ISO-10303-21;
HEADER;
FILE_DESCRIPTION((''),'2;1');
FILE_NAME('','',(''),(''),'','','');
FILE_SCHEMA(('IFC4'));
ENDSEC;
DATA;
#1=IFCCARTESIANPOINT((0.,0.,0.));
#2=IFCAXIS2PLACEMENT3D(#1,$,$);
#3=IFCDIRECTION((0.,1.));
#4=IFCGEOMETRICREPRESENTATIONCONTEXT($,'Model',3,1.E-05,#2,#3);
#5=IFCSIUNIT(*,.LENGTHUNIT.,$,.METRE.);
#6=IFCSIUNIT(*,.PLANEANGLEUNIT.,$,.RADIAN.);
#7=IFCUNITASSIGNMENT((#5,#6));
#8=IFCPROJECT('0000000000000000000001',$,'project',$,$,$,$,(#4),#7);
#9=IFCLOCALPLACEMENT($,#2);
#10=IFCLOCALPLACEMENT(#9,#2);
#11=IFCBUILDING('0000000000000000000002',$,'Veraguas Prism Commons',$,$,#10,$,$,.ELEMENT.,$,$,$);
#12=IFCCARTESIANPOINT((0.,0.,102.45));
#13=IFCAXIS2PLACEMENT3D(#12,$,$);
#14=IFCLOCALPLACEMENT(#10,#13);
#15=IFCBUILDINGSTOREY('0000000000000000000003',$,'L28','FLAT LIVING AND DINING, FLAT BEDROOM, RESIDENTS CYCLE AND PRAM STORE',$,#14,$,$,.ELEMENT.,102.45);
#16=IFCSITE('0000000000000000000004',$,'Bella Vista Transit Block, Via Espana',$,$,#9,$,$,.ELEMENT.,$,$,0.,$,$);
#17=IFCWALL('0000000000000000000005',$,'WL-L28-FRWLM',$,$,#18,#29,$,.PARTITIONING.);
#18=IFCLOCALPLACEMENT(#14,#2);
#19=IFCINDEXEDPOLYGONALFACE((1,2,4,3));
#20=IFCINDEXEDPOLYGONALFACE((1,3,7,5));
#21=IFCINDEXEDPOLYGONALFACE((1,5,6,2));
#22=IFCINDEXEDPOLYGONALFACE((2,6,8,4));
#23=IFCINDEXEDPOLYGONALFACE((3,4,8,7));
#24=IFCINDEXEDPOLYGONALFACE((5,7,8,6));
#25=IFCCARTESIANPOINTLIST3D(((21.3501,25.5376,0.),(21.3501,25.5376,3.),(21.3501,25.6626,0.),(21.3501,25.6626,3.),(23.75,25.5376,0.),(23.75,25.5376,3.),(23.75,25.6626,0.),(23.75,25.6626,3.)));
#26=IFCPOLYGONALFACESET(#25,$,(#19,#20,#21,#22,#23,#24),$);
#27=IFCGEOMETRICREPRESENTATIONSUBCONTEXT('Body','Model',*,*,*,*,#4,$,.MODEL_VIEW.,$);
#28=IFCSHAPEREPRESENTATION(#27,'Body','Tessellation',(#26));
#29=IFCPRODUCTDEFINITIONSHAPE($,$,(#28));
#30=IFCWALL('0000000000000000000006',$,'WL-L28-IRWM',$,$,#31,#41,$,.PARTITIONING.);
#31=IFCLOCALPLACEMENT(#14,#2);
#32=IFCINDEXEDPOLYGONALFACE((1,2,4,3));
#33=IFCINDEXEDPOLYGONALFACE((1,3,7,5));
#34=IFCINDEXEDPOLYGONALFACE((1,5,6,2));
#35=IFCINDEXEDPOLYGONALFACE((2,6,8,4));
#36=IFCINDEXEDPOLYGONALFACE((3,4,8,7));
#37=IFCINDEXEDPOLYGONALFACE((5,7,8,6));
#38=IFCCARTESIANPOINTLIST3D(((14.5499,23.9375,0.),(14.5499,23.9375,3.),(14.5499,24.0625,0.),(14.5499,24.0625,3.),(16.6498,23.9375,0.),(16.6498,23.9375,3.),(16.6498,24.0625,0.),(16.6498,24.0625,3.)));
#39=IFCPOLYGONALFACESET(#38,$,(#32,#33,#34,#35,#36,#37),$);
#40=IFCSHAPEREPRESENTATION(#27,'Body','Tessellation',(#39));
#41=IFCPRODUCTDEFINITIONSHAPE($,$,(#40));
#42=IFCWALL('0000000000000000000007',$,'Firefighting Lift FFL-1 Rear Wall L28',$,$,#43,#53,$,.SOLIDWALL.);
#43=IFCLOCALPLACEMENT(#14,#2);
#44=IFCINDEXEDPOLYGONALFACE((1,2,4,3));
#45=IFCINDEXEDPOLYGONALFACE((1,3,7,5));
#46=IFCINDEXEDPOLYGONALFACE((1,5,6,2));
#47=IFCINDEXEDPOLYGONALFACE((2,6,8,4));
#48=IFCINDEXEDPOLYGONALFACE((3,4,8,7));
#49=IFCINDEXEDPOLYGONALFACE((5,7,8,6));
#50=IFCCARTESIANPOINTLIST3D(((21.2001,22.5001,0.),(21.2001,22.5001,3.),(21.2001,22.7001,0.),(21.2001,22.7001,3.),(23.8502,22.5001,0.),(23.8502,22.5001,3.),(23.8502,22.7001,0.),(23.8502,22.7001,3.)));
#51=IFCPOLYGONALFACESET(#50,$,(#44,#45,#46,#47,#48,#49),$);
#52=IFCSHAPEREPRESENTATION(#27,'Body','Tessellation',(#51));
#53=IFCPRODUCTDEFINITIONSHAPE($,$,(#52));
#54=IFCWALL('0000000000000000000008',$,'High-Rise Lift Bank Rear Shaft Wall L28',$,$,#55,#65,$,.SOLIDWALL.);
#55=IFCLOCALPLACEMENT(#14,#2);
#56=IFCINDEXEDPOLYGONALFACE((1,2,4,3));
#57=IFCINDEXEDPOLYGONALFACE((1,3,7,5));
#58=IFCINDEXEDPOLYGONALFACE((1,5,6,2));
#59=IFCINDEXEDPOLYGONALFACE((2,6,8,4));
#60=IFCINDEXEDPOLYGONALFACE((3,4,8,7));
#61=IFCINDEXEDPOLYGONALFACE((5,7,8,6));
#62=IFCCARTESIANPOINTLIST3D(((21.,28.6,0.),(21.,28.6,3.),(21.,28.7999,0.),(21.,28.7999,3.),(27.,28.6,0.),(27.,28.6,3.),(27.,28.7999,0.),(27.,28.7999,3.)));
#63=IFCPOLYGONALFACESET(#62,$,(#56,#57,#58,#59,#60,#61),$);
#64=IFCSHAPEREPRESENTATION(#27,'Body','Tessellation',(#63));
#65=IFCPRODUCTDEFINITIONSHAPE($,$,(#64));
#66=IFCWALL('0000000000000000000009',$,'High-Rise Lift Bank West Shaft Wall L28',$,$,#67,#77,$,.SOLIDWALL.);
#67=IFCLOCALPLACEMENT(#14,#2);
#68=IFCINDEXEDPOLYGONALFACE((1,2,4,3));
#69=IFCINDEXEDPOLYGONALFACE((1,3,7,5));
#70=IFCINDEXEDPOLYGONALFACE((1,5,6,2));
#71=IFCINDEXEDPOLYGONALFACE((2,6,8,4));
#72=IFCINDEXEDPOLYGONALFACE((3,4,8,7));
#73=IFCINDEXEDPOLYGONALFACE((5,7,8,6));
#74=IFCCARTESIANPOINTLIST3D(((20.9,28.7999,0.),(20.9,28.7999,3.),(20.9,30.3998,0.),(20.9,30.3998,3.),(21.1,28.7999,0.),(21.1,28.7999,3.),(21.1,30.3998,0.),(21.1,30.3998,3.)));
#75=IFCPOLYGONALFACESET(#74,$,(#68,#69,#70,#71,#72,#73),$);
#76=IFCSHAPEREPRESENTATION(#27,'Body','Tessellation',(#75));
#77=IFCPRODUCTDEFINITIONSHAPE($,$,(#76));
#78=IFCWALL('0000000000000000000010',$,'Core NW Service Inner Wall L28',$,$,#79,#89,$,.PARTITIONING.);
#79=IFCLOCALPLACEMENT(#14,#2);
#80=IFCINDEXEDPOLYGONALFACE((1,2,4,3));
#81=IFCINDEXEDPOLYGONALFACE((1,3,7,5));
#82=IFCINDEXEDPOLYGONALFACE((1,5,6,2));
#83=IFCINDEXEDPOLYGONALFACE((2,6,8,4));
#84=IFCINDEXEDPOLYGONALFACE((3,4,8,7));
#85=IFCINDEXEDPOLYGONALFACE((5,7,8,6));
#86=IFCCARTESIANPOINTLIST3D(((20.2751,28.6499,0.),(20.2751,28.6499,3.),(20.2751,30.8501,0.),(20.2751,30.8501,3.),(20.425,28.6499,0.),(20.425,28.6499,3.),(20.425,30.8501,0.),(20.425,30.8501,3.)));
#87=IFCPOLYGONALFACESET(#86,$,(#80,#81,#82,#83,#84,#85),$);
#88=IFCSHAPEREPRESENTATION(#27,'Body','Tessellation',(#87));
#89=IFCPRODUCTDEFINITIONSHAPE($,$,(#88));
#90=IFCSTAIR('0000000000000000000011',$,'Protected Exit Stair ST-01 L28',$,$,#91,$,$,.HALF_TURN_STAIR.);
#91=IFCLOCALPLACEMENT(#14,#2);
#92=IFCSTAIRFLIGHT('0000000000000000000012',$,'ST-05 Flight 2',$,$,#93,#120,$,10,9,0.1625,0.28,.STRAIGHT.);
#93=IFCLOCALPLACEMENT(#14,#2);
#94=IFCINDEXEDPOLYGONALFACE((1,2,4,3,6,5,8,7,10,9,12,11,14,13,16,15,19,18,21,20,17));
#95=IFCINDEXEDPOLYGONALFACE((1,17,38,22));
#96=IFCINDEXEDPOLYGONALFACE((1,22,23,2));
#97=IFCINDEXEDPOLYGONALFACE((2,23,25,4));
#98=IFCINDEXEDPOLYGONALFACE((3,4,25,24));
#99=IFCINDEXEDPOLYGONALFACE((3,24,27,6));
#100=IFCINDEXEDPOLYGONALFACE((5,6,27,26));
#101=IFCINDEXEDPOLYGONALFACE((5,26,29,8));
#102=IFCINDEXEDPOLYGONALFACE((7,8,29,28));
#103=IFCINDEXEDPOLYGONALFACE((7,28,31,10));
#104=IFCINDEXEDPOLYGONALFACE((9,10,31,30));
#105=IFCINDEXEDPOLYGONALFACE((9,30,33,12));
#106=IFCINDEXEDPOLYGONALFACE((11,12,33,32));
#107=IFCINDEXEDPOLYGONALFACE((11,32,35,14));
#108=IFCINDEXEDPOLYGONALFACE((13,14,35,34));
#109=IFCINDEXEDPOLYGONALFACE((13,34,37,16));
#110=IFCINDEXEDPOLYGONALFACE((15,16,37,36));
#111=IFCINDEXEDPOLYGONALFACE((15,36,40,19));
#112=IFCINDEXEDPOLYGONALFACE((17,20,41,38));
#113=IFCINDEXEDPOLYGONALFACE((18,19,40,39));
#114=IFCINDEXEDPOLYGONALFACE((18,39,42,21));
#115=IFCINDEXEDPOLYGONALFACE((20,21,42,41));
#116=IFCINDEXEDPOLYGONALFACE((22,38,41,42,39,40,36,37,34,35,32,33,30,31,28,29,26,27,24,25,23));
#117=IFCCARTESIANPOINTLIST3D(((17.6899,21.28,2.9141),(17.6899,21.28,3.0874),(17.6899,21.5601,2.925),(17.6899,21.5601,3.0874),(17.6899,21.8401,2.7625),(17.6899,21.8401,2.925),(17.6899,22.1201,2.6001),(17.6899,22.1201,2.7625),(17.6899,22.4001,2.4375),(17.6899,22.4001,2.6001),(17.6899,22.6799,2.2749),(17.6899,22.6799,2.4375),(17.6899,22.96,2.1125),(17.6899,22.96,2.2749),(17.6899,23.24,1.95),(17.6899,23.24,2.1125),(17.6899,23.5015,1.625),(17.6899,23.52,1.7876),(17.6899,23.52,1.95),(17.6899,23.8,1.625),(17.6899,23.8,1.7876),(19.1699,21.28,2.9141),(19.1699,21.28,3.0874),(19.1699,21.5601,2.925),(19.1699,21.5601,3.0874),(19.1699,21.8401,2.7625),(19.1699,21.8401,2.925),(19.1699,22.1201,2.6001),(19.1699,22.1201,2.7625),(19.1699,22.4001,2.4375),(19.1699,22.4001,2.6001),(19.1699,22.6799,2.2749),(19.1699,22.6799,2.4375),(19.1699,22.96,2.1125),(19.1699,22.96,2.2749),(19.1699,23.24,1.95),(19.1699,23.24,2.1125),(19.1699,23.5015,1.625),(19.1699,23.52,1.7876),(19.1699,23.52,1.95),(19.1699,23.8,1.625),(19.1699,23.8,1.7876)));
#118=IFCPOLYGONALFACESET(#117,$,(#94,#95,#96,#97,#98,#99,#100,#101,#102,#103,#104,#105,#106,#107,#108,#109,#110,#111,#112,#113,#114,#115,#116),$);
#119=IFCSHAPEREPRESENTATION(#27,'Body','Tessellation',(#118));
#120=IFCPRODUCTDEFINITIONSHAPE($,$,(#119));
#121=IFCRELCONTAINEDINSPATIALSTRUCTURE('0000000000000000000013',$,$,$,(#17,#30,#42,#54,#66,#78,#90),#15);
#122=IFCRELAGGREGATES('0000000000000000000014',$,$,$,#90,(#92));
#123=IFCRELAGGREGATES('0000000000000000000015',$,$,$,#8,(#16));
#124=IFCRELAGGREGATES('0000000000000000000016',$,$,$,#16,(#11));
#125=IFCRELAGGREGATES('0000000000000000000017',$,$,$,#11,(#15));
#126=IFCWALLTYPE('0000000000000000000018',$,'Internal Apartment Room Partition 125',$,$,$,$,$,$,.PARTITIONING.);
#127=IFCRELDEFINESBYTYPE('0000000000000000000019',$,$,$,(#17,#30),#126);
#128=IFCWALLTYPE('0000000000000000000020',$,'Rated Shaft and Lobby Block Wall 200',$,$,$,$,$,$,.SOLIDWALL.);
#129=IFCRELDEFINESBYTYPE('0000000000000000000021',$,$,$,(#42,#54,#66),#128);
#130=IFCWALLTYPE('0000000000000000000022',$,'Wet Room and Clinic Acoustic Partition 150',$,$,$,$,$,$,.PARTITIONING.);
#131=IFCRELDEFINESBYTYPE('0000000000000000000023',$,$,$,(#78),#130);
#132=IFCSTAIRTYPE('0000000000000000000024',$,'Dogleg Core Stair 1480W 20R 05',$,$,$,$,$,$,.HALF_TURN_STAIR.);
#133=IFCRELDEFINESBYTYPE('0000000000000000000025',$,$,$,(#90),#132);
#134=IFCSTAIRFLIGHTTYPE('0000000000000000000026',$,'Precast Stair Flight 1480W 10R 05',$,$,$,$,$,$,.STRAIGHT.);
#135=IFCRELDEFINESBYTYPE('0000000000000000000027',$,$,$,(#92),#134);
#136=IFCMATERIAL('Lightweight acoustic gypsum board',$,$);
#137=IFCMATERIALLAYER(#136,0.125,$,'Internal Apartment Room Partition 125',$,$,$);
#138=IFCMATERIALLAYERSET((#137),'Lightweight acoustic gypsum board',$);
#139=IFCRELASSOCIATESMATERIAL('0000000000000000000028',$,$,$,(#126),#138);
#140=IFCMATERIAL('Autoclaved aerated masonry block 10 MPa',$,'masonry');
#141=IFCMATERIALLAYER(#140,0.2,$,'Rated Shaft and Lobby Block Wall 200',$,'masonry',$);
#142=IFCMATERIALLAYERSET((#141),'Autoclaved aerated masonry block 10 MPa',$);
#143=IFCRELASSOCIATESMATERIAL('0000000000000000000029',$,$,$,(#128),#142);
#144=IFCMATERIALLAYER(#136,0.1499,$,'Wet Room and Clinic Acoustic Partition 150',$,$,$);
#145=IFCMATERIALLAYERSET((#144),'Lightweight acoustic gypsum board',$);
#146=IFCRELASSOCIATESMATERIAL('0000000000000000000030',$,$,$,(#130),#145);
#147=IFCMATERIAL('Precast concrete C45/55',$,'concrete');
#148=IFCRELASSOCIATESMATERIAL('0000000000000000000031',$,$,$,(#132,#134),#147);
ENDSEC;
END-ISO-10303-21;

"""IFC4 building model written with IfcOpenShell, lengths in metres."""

from ifc_helpers import new_model, si_unit, direction, frame, frame_2d, origin, place, context, subcontext, project, spatial, polyline, rectangle, outline, extrude, material, layer, layer_set, type_object, element, aggregate, save


model = new_model("IFC4")

# Units and contexts
model_context = context("Model", 3, precision=1e-05, world=origin(), true_north=direction((0.0, 1.0)))
body_context = subcontext(model_context, "Body", "Model", "MODEL_VIEW")
ifc_project = project(units=[si_unit("LENGTHUNIT", "METRE"), si_unit("PLANEANGLEUNIT", "RADIAN")], contexts=[model_context])

# Site, building, storey
site_placement = place(None, origin())
site = spatial("IfcSite", under=ifc_project, at=site_placement, Name="Bella Vista Transit Block, Via Espana", CompositionType="ELEMENT", RefElevation=0.0)
building_placement = place(site_placement, origin())
building = spatial("IfcBuilding", under=site, at=building_placement, Name="Veraguas Prism Commons", CompositionType="ELEMENT")
storey_placement = place(building_placement, frame((0.0, 0.0, 102.45)))
storey = spatial("IfcBuildingStorey", under=building, at=storey_placement, Name="L28", Description="FLAT LIVING AND DINING, FLAT BEDROOM, RESIDENTS CYCLE AND PRAM STORE", CompositionType="ELEMENT", Elevation=102.45)

# Shared definitions
ifc_material_1 = material(Name="Autoclaved aerated masonry block 10 MPa", Category="masonry")

# Walls
ifc_material_2 = material(Name="Lightweight acoustic gypsum board")
ifc_layer_1 = layer(ifc_material_2, 0.125, Name="Internal Apartment Room Partition 125")
ifc_layer_set_1 = layer_set([ifc_layer_1], Name="Lightweight acoustic gypsum board")
wall_type_1 = type_object("IfcWallType", Name="Internal Apartment Room Partition 125", PredefinedType="PARTITIONING", material=ifc_layer_set_1)
wall_1_placement = place(storey_placement, frame((21.3501, 25.6001, 0.0), z_axis=(0.0, 0.0, 1.0), x_axis=(1.0, 0.0, 0.0)))
element("IfcWall", 1, at=wall_1_placement, inside=storey, type_object=wall_type_1, Name="WL-L28-FRWLM", PredefinedType="PARTITIONING", context=body_context, shape_type="SweptSolid", body=[
    extrude(rectangle(XDim=2.3999, YDim=0.125, at=frame_2d((1.2, 0.0))), origin(), (0.0, 0.0, 1.0), 3.0),
])
wall_2_placement = place(storey_placement, frame((14.55, 24.0, 0.0), z_axis=(0.0, 0.0, 1.0), x_axis=(1.0, 0.0, 0.0)))
element("IfcWall", 2, at=wall_2_placement, inside=storey, type_object=wall_type_1, Name="WL-L28-IRWM", PredefinedType="PARTITIONING", context=body_context, shape_type="SweptSolid", body=[
    extrude(rectangle(XDim=2.0999, YDim=0.125, at=frame_2d((1.0498, 0.0))), origin(), (0.0, 0.0, 1.0), 3.0),
])
ifc_layer_2 = layer(ifc_material_1, 0.2, Name="Rated Shaft and Lobby Block Wall 200", Category="masonry")
ifc_layer_set_2 = layer_set([ifc_layer_2], Name="Autoclaved aerated masonry block 10 MPa")
wall_type_2 = type_object("IfcWallType", Name="Rated Shaft and Lobby Block Wall 200", PredefinedType="SOLIDWALL", material=ifc_layer_set_2)
wall_3_placement = place(storey_placement, frame((21.2, 22.6001, 0.0), z_axis=(0.0, 0.0, 1.0), x_axis=(1.0, 0.0, 0.0)))
element("IfcWall", 3, at=wall_3_placement, inside=storey, type_object=wall_type_2, Name="Firefighting Lift FFL-1 Rear Wall L28", PredefinedType="SOLIDWALL", context=body_context, shape_type="SweptSolid", body=[
    extrude(rectangle(XDim=2.6501, YDim=0.2, at=frame_2d((1.3252, 0.0))), origin(), (0.0, 0.0, 1.0), 3.0),
])
wall_4_placement = place(storey_placement, frame((21.0, 28.7, 0.0), z_axis=(0.0, 0.0, 1.0), x_axis=(1.0, 0.0, 0.0)))
element("IfcWall", 4, at=wall_4_placement, inside=storey, type_object=wall_type_2, Name="High-Rise Lift Bank Rear Shaft Wall L28", PredefinedType="SOLIDWALL", context=body_context, shape_type="SweptSolid", body=[
    extrude(rectangle(XDim=6.0, YDim=0.2, at=frame_2d((3.0, 0.0))), origin(), (0.0, 0.0, 1.0), 3.0),
])
wall_5_placement = place(storey_placement, frame((21.0, 28.8, 0.0), z_axis=(0.0, 0.0, 1.0), x_axis=(0.0, 1.0, 0.0)))
element("IfcWall", 5, at=wall_5_placement, inside=storey, type_object=wall_type_2, Name="High-Rise Lift Bank West Shaft Wall L28", PredefinedType="SOLIDWALL", context=body_context, shape_type="SweptSolid", body=[
    extrude(rectangle(XDim=1.5999, YDim=0.2, at=frame_2d((0.7998, 0.0))), origin(), (0.0, 0.0, 1.0), 3.0),
])
ifc_layer_3 = layer(ifc_material_2, 0.1499, Name="Wet Room and Clinic Acoustic Partition 150")
ifc_layer_set_3 = layer_set([ifc_layer_3], Name="Lightweight acoustic gypsum board")
wall_type_3 = type_object("IfcWallType", Name="Wet Room and Clinic Acoustic Partition 150", PredefinedType="PARTITIONING", material=ifc_layer_set_3)
wall_6_placement = place(storey_placement, frame((20.3501, 28.6499, 0.0), z_axis=(0.0, 0.0, 1.0), x_axis=(0.0, 1.0, 0.0)))
element("IfcWall", 6, at=wall_6_placement, inside=storey, type_object=wall_type_3, Name="Core NW Service Inner Wall L28", PredefinedType="PARTITIONING", context=body_context, shape_type="SweptSolid", body=[
    extrude(rectangle(XDim=2.2002, YDim=0.1499, at=frame_2d((1.1001, 0.0))), origin(), (0.0, 0.0, 1.0), 3.0),
])

# Stair, stair flight
ifc_material_3 = material(Name="Precast concrete C45/55", Category="concrete")
stair_type = type_object("IfcStairType", Name="Dogleg Core Stair 1480W 20R 05", PredefinedType="HALF_TURN_STAIR", material=ifc_material_3)
stair_placement = place(storey_placement, origin())
stair = element("IfcStair", 7, at=stair_placement, inside=storey, type_object=stair_type, Name="Protected Exit Stair ST-01 L28", PredefinedType="HALF_TURN_STAIR")
stair_flight_type = type_object("IfcStairFlightType", Name="Precast Stair Flight 1480W 10R 05", PredefinedType="STRAIGHT", material=ifc_material_3)
stair_flight_placement = place(storey_placement, frame((18.4299, 23.8, 1.625), z_axis=(0.0, 0.0, 1.0), x_axis=(0.0, -1.0, 0.0)))
stair_flight = element("IfcStairFlight", 8, at=stair_flight_placement, type_object=stair_flight_type, Name="ST-05 Flight 2", NumberOfRisers=10, NumberOfTreads=9, PredefinedType="STRAIGHT", RiserHeight=0.1625, TreadLength=0.28, context=body_context, shape_type="SweptSolid", body=[
    extrude(outline(polyline([(0.0, 0.0), (0.0, 0.1626), (0.28, 0.1626), (0.28, 0.325), (0.5601, 0.325), (0.5601, 0.4875), (0.8401, 0.4875), (0.8401, 0.6499), (1.1201, 0.6499), (1.1201, 0.8125), (1.3999, 0.8125), (1.3999, 0.9751), (1.6799, 0.9751), (1.6799, 1.1375), (1.96, 1.1375), (1.96, 1.3), (2.24, 1.3), (2.24, 1.4624), (2.52, 1.4624), (2.52, 1.625), (2.52, 1.2891), (0.2986, 0.0), (0.0, 0.0)])), frame((0.0, 0.74, 0.0), z_axis=(0.0, -1.0, 0.0), x_axis=(1.0, 0.0, 0.0)), (0.0, 0.0, 1.0), 1.48),
])
aggregate(stair, [stair_flight])

save(model, "model.ifc")
